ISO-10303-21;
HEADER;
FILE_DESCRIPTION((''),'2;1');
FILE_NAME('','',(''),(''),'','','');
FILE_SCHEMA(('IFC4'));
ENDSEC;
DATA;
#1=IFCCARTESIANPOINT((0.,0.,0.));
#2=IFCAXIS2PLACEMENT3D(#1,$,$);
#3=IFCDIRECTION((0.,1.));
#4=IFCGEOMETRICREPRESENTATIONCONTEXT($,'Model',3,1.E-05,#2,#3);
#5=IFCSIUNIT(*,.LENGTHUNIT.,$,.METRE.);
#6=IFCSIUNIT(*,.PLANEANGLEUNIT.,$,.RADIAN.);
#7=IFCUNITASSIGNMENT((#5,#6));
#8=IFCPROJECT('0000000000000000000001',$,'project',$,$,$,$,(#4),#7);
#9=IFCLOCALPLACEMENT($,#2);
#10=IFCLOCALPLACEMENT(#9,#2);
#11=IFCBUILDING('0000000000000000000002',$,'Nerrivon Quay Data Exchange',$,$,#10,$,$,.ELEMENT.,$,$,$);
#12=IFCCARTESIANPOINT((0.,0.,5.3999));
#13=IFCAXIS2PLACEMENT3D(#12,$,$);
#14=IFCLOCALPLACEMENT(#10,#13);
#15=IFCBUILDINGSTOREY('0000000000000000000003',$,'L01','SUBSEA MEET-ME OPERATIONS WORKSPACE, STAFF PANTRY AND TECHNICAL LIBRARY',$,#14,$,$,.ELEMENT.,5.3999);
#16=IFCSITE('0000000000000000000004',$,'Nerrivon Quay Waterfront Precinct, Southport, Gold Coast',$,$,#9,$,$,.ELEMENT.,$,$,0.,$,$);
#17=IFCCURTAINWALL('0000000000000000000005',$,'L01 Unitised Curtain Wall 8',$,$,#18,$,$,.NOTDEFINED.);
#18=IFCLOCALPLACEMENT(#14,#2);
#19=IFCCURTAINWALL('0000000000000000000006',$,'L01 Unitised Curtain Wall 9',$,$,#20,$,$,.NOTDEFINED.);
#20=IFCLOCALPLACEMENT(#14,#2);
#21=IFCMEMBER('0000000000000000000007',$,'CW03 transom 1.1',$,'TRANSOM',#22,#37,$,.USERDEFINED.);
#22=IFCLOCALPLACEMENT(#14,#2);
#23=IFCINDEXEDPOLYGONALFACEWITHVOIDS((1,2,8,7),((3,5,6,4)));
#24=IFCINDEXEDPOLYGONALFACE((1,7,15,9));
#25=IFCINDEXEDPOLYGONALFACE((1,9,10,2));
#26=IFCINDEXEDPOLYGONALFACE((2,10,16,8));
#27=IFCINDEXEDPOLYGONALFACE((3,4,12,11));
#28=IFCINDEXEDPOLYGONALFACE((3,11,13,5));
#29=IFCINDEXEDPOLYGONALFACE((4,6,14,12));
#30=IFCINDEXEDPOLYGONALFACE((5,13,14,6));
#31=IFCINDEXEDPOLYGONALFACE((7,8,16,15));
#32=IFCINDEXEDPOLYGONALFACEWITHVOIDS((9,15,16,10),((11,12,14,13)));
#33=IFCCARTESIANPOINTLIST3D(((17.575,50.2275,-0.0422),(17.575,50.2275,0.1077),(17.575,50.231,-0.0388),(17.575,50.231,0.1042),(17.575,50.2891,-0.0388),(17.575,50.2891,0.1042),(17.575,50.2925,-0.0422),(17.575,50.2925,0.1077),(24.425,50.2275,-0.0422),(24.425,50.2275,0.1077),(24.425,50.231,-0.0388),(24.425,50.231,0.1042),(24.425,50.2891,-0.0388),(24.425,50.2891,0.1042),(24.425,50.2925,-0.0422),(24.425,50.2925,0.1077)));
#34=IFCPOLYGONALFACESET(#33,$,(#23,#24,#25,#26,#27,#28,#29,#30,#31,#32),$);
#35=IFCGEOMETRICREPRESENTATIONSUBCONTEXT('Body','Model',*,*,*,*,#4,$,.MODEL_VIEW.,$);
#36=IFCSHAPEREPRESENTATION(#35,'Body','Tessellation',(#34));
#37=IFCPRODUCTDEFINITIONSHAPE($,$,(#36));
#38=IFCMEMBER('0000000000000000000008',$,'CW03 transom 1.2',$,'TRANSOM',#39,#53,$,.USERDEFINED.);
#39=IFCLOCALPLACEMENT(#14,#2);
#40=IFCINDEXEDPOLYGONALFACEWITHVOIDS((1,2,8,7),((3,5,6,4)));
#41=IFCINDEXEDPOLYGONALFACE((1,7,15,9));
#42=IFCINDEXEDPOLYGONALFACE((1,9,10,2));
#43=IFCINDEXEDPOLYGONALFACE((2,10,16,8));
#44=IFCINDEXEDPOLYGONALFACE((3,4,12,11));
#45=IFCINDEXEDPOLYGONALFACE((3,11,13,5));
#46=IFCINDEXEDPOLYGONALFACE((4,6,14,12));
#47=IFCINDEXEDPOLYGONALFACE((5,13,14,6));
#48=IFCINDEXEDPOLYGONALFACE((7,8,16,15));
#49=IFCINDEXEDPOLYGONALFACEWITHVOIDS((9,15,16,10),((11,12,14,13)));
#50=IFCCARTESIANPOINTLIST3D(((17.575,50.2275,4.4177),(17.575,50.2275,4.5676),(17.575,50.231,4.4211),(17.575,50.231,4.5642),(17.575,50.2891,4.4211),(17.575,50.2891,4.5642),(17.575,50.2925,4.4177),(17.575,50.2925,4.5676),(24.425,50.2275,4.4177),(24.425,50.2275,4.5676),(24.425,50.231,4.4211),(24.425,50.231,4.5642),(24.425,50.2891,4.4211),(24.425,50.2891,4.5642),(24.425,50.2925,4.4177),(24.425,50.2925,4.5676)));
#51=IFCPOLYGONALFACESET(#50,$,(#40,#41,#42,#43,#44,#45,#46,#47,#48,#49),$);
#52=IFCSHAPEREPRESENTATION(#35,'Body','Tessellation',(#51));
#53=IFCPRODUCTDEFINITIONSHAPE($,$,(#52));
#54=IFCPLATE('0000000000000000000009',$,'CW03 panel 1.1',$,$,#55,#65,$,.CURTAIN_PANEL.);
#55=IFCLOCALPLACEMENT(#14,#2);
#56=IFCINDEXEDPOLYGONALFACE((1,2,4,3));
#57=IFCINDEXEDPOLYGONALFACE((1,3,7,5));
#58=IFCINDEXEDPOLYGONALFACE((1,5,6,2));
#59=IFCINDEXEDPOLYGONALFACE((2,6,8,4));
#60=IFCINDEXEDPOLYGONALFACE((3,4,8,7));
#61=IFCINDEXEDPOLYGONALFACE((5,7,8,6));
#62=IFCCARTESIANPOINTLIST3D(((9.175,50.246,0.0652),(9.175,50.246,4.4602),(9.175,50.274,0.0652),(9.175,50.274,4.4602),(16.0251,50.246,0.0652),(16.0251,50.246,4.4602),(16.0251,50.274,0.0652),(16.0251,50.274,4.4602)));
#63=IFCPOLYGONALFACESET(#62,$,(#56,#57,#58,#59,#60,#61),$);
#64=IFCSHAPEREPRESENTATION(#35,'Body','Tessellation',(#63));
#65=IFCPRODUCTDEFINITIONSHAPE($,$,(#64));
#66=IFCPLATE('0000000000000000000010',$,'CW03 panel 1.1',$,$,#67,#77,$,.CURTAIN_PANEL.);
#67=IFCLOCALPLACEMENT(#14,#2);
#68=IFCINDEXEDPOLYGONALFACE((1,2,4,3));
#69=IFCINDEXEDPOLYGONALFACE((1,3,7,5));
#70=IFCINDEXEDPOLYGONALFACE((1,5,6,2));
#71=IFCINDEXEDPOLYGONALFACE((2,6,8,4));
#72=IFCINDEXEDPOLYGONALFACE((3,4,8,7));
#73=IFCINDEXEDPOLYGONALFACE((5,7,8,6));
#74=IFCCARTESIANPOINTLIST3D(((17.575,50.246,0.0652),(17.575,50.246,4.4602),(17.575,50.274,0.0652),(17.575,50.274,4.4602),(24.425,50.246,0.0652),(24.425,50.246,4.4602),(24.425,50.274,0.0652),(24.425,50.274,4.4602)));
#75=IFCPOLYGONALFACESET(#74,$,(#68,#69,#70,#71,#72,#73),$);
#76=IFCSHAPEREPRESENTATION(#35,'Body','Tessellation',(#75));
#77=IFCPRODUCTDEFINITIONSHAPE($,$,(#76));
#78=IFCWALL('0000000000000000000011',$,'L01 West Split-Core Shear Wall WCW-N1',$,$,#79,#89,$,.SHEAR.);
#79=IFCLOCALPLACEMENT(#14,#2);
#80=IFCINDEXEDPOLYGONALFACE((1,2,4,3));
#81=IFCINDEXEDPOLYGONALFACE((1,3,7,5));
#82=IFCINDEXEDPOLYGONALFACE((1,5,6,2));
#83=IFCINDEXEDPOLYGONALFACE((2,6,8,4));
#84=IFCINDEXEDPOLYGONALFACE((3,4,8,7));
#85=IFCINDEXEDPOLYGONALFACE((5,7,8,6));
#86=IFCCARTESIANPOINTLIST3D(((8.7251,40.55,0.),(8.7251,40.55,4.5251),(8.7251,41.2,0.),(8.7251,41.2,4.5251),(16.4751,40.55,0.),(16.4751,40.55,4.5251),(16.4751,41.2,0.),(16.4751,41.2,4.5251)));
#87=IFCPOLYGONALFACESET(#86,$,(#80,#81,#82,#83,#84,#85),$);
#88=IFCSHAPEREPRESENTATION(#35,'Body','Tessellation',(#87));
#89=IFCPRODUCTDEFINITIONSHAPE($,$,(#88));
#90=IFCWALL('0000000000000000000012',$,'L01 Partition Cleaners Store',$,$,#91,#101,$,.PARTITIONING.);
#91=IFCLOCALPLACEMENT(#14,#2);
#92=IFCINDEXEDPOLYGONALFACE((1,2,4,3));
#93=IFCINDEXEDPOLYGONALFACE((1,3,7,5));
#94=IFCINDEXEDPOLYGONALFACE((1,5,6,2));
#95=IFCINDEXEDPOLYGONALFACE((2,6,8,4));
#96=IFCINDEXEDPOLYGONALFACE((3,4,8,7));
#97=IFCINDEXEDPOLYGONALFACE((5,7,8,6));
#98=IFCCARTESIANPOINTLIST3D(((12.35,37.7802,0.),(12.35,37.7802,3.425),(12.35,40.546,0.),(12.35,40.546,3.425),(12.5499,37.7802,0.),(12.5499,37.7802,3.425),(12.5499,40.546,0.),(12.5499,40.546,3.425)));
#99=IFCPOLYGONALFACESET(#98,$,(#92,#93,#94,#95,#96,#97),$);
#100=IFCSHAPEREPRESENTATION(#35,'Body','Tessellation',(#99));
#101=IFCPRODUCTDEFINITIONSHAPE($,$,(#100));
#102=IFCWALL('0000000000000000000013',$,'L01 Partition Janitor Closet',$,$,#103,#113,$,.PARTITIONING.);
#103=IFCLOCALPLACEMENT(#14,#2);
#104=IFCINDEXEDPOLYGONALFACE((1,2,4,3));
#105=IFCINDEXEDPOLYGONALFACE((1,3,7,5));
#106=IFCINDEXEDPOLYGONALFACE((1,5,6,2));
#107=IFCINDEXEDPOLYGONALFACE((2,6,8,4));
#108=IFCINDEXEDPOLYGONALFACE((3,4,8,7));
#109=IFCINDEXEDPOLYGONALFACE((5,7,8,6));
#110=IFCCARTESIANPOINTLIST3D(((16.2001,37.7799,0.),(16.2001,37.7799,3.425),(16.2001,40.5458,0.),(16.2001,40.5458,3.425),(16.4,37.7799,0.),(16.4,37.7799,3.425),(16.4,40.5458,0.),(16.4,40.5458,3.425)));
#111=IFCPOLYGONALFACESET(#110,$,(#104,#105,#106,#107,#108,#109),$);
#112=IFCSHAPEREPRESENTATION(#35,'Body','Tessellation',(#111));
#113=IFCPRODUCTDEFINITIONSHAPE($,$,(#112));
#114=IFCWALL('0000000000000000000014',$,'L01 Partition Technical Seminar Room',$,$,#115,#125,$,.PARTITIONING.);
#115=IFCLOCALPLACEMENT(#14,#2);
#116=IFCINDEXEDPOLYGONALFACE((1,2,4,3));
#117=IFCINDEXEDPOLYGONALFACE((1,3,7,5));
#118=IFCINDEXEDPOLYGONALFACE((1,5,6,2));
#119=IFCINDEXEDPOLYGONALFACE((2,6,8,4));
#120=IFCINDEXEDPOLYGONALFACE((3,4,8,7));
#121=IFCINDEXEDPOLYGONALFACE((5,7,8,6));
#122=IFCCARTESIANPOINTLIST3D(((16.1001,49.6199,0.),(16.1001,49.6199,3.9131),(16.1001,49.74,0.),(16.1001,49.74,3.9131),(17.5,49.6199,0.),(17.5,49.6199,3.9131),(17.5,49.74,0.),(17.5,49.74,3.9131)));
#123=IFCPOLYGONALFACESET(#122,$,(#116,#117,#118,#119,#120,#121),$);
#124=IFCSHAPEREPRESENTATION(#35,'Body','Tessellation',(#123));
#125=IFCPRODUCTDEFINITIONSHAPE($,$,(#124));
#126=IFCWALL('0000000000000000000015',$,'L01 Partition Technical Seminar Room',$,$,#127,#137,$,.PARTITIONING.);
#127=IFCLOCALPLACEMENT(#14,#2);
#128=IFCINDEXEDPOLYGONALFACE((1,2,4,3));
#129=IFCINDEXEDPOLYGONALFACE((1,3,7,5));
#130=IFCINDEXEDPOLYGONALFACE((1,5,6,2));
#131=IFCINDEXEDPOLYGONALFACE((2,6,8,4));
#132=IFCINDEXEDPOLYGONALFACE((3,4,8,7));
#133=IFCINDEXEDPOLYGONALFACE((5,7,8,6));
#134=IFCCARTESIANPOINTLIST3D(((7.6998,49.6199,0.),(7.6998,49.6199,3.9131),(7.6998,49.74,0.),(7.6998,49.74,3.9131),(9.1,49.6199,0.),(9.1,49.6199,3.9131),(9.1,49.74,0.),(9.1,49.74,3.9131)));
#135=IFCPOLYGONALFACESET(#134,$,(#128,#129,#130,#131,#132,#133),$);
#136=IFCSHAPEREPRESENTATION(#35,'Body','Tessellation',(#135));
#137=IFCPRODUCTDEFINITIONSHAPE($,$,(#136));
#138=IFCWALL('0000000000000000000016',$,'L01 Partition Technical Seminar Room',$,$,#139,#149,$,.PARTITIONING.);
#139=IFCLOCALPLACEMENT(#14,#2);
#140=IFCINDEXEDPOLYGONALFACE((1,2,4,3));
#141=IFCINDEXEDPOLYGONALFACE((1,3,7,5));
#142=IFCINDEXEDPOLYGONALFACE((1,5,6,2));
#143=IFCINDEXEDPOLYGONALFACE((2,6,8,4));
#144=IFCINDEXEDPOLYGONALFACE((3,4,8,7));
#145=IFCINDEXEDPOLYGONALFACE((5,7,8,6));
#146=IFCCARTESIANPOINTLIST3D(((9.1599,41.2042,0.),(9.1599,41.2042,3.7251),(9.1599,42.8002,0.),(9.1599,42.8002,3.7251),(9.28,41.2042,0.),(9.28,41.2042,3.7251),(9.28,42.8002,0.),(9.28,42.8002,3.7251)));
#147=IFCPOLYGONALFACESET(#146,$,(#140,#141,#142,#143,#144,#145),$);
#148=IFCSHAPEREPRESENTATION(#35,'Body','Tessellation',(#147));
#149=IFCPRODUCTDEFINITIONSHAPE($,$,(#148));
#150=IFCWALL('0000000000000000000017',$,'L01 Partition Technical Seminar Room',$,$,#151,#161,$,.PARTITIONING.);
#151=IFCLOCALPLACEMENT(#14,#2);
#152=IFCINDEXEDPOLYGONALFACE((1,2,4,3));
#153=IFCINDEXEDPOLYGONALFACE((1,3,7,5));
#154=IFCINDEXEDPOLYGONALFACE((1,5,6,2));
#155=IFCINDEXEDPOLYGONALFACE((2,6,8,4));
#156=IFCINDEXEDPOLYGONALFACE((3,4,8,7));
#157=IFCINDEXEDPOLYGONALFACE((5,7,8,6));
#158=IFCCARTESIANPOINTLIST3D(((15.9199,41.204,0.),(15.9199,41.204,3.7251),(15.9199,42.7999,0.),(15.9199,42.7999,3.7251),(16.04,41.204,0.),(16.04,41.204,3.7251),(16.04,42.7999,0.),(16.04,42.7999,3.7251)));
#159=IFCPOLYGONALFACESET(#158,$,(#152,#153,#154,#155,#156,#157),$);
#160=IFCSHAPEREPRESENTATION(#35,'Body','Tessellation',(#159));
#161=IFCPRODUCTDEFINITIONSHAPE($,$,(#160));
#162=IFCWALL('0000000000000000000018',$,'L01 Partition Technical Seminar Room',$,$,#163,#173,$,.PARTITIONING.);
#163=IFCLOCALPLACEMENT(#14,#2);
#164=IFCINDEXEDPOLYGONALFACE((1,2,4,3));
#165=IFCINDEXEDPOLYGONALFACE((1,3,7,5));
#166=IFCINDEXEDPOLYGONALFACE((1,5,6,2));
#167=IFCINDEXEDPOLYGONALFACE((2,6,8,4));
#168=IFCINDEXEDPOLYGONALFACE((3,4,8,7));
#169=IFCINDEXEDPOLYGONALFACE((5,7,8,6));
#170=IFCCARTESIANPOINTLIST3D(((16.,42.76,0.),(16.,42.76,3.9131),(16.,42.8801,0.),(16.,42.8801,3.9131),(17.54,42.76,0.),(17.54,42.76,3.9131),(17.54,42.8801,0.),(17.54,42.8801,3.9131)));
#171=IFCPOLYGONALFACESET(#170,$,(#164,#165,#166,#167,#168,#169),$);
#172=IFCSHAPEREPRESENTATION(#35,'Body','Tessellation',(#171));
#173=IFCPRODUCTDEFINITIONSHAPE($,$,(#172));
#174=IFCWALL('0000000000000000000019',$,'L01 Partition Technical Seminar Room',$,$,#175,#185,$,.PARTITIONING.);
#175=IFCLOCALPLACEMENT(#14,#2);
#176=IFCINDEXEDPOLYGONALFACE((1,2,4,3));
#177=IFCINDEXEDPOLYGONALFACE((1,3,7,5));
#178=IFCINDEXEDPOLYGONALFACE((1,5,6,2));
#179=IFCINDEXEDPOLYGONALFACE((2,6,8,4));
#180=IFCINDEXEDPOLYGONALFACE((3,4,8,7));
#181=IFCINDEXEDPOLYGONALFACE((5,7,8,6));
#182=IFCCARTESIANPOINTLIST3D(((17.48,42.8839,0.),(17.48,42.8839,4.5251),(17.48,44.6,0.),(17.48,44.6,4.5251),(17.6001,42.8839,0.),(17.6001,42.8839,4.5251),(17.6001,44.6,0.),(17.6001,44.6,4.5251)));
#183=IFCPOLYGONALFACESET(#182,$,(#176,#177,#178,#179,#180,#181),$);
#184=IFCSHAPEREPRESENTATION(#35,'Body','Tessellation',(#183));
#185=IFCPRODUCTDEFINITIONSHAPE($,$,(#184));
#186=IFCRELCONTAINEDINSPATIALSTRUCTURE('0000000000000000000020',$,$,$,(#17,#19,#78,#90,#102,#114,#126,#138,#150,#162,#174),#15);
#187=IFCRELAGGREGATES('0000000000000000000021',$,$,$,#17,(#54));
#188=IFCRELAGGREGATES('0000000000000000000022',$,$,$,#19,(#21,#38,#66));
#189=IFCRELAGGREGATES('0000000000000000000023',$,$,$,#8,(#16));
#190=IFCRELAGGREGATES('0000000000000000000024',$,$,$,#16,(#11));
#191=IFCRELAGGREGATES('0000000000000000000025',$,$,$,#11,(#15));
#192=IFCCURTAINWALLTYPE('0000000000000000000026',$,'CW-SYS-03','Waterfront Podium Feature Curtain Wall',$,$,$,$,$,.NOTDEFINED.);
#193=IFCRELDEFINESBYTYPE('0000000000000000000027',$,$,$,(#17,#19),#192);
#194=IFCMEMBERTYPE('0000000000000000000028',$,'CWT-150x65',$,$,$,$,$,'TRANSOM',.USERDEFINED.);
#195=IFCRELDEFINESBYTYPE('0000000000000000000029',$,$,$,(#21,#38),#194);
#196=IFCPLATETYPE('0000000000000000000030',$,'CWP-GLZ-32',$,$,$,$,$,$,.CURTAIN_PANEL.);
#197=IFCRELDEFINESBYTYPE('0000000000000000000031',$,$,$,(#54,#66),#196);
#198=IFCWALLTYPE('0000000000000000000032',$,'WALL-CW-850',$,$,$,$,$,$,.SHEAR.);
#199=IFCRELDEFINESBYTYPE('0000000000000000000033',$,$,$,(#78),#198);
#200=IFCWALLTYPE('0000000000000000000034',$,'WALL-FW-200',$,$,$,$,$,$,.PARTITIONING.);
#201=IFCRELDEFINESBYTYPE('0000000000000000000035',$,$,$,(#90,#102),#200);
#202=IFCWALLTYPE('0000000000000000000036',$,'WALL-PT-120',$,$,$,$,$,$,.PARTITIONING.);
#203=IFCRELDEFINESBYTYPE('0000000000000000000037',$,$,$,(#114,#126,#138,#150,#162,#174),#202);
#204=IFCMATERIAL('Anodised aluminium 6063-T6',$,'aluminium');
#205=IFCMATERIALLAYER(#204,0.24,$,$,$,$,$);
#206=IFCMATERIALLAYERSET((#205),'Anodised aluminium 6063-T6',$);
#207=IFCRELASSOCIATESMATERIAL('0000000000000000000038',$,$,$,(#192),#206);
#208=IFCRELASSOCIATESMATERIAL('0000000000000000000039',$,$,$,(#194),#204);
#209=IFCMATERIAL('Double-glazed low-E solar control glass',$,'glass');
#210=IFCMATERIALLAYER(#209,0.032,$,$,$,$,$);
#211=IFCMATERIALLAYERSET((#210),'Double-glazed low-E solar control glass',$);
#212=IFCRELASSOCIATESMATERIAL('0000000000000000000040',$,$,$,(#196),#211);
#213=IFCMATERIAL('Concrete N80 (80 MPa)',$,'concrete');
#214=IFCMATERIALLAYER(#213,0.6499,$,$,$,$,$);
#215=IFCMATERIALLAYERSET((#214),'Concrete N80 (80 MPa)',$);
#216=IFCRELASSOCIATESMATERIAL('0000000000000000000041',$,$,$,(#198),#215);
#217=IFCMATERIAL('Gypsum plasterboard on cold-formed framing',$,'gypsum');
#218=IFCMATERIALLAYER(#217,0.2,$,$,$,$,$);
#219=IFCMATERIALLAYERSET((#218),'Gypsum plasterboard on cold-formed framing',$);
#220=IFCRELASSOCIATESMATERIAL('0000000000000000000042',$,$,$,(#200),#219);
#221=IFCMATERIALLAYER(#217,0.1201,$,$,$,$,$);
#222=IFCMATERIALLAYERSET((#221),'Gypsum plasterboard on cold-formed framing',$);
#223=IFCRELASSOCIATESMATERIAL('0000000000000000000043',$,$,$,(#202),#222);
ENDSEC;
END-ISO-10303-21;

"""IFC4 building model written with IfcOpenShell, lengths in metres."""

from ifc_helpers import new_model, si_unit, direction, frame, frame_2d, origin, origin_2d, place, context, subcontext, project, spatial, rectangle, hollow_rectangle, extrude, material, layer, layer_set, material_profile, profile_set, type_object, element, aggregate, save


model = new_model("IFC4")

# Units and contexts
model_context = context("Model", 3, precision=1e-05, world=origin(), true_north=direction((0.0, 1.0)))
body_context = subcontext(model_context, "Body", "Model", "MODEL_VIEW")
ifc_project = project(units=[si_unit("LENGTHUNIT", "METRE"), si_unit("PLANEANGLEUNIT", "RADIAN")], contexts=[model_context])

# Site, building, storey
site_placement = place(None, origin())
site = spatial("IfcSite", under=ifc_project, at=site_placement, Name="Nerrivon Quay Waterfront Precinct, Southport, Gold Coast", CompositionType="ELEMENT", RefElevation=0.0)
building_placement = place(site_placement, origin())
building = spatial("IfcBuilding", under=site, at=building_placement, Name="Nerrivon Quay Data Exchange", CompositionType="ELEMENT")
storey_placement = place(building_placement, frame((0.0, 0.0, 5.3999)))
storey = spatial("IfcBuildingStorey", under=building, at=storey_placement, Name="L01", Description="SUBSEA MEET-ME OPERATIONS WORKSPACE, STAFF PANTRY AND TECHNICAL LIBRARY", CompositionType="ELEMENT", Elevation=5.3999)

# Shared definitions
ifc_material_1 = material(Name="Concrete N80 (80 MPa)", Category="concrete")

# Curtain wall
ifc_material_2 = material(Name="Anodised aluminium 6063-T6", Category="aluminium")
ifc_layer_1 = layer(ifc_material_2, 0.24)
ifc_layer_set_1 = layer_set([ifc_layer_1], Name="Anodised aluminium 6063-T6")
curtain_wall_type = type_object("IfcCurtainWallType", Name="CW-SYS-03", Description="Waterfront Podium Feature Curtain Wall", PredefinedType="NOTDEFINED", material=ifc_layer_set_1)
curtain_wall_1_placement = place(storey_placement, origin())
curtain_wall_1 = element("IfcCurtainWall", 1, at=curtain_wall_1_placement, inside=storey, type_object=curtain_wall_type, Name="L01 Unitised Curtain Wall 8", PredefinedType="NOTDEFINED")

# Curtain wall
curtain_wall_2_placement = place(storey_placement, origin())
curtain_wall_2 = element("IfcCurtainWall", 2, at=curtain_wall_2_placement, inside=storey, type_object=curtain_wall_type, Name="L01 Unitised Curtain Wall 9", PredefinedType="NOTDEFINED")

# Members
ifc_material_profile_1 = material_profile(ifc_material_2, hollow_rectangle(XDim=0.0649, YDim=0.1499, WallThickness=0.0034, at=origin_2d()), Name="ALU-TRAN-150x65")
ifc_profile_set_1 = profile_set([ifc_material_profile_1], Name="Anodised aluminium 6063-T6")
member_type_1 = type_object("IfcMemberType", Name="CWT-150x65", ElementType="TRANSOM", PredefinedType="USERDEFINED", material=ifc_profile_set_1)
member_1_placement = place(storey_placement, frame((17.575, 50.26, 0.0327), z_axis=(1.0, 0.0, 0.0), x_axis=(0.0, 1.0, 0.0)))
member_1 = element("IfcMember", 3, at=member_1_placement, type_object=member_type_1, Name="CW03 transom 1.1", ObjectType="TRANSOM", PredefinedType="USERDEFINED", context=body_context, shape_type="SweptSolid", body=[
    extrude(hollow_rectangle(XDim=0.0649, YDim=0.1499, WallThickness=0.0034, at=origin_2d()), origin(), (0.0, 0.0, 1.0), 6.8501),
])
member_2_placement = place(storey_placement, frame((17.575, 50.26, 4.4927), z_axis=(1.0, 0.0, 0.0), x_axis=(0.0, 1.0, 0.0)))
member_2 = element("IfcMember", 4, at=member_2_placement, type_object=member_type_1, Name="CW03 transom 1.2", ObjectType="TRANSOM", PredefinedType="USERDEFINED", context=body_context, shape_type="SweptSolid", body=[
    extrude(hollow_rectangle(XDim=0.0649, YDim=0.1499, WallThickness=0.0034, at=origin_2d()), origin(), (0.0, 0.0, 1.0), 6.8501),
])

# Plates
ifc_material_3 = material(Name="Double-glazed low-E solar control glass", Category="glass")
ifc_layer_2 = layer(ifc_material_3, 0.032)
ifc_layer_set_2 = layer_set([ifc_layer_2], Name="Double-glazed low-E solar control glass")
plate_type = type_object("IfcPlateType", Name="CWP-GLZ-32", PredefinedType="CURTAIN_PANEL", material=ifc_layer_set_2)
plate_1_placement = place(storey_placement, frame((12.6001, 50.26, 0.0652), z_axis=(0.0, 0.0, 1.0), x_axis=(1.0, 0.0, 0.0)))
plate_1 = element("IfcPlate", 5, at=plate_1_placement, type_object=plate_type, Name="CW03 panel 1.1", PredefinedType="CURTAIN_PANEL", context=body_context, shape_type="SweptSolid", body=[
    extrude(rectangle(XDim=6.8501, YDim=0.0281, at=origin_2d()), origin(), (0.0, 0.0, 1.0), 4.395),
])
aggregate(curtain_wall_1, [plate_1])
plate_2_placement = place(storey_placement, frame((21.0, 50.26, 0.0652), z_axis=(0.0, 0.0, 1.0), x_axis=(1.0, 0.0, 0.0)))
plate_2 = element("IfcPlate", 6, at=plate_2_placement, type_object=plate_type, Name="CW03 panel 1.1", PredefinedType="CURTAIN_PANEL", context=body_context, shape_type="SweptSolid", body=[
    extrude(rectangle(XDim=6.8501, YDim=0.0281, at=origin_2d()), origin(), (0.0, 0.0, 1.0), 4.395),
])
aggregate(curtain_wall_2, [member_1, member_2, plate_2])

# Walls
ifc_layer_3 = layer(ifc_material_1, 0.6499)
ifc_layer_set_3 = layer_set([ifc_layer_3], Name="Concrete N80 (80 MPa)")
wall_type_1 = type_object("IfcWallType", Name="WALL-CW-850", PredefinedType="SHEAR", material=ifc_layer_set_3)
wall_1_placement = place(storey_placement, frame((8.7251, 40.875, 0.0), z_axis=(0.0, 0.0, 1.0), x_axis=(1.0, 0.0, 0.0)))
element("IfcWall", 7, at=wall_1_placement, inside=storey, type_object=wall_type_1, Name="L01 West Split-Core Shear Wall WCW-N1", PredefinedType="SHEAR", context=body_context, shape_type="SweptSolid", body=[
    extrude(rectangle(XDim=7.75, YDim=0.6499, at=frame_2d((3.875, 0.0))), origin(), (0.0, 0.0, 1.0), 4.5251),
])
ifc_material_4 = material(Name="Gypsum plasterboard on cold-formed framing", Category="gypsum")
ifc_layer_4 = layer(ifc_material_4, 0.2)
ifc_layer_set_4 = layer_set([ifc_layer_4], Name="Gypsum plasterboard on cold-formed framing")
wall_type_2 = type_object("IfcWallType", Name="WALL-FW-200", PredefinedType="PARTITIONING", material=ifc_layer_set_4)
for number, where, z_axis, x_axis, name in (
    (8, (12.45, 40.5459, 0.0), (0.0, 0.0, 1.0), (0.0, -1.0, 0.0), "L01 Partition Cleaners Store"),
    (9, (16.3, 37.78, 0.0), (0.0, 0.0, 1.0), (0.0, 1.0, 0.0), "L01 Partition Janitor Closet"),
):
    element("IfcWall", number, at=place(storey_placement, frame(where, z_axis=z_axis, x_axis=x_axis)), inside=storey, type_object=wall_type_2, Name=name, PredefinedType="PARTITIONING", context=body_context, shape_type="SweptSolid", body=[
        extrude(rectangle(XDim=2.7659, YDim=0.2, at=frame_2d((1.3828, 0.0))), origin(), (0.0, 0.0, 1.0), 3.425),
    ])
ifc_layer_5 = layer(ifc_material_4, 0.1201)
ifc_layer_set_5 = layer_set([ifc_layer_5], Name="Gypsum plasterboard on cold-formed framing")
wall_type_3 = type_object("IfcWallType", Name="WALL-PT-120", PredefinedType="PARTITIONING", material=ifc_layer_set_5)
wall_2_placement = place(storey_placement, frame((17.5, 49.6799, 0.0), z_axis=(0.0, 0.0, 1.0), x_axis=(-1.0, 0.0, 0.0)))
element("IfcWall", 10, at=wall_2_placement, inside=storey, type_object=wall_type_3, Name="L01 Partition Technical Seminar Room", PredefinedType="PARTITIONING", context=body_context, shape_type="SweptSolid", body=[
    extrude(rectangle(XDim=1.3999, YDim=0.1201, at=frame_2d((0.7, 0.0))), origin(), (0.0, 0.0, 1.0), 3.9131),
])
wall_3_placement = place(storey_placement, frame((9.1001, 49.6799, 0.0), z_axis=(0.0, 0.0, 1.0), x_axis=(-1.0, 0.0, 0.0)))
element("IfcWall", 11, at=wall_3_placement, inside=storey, type_object=wall_type_3, Name="L01 Partition Technical Seminar Room", PredefinedType="PARTITIONING", context=body_context, shape_type="SweptSolid", body=[
    extrude(rectangle(XDim=1.4001, YDim=0.1201, at=frame_2d((0.7002, 0.0))), origin(), (0.0, 0.0, 1.0), 3.9131),
])
for number, where, z_axis, x_axis, name in (
    (12, (9.22, 42.8, 0.0), (0.0, 0.0, 1.0), (0.0, -1.0, 0.0), "L01 Partition Technical Seminar Room"),
    (13, (15.98, 41.2041, 0.0), (0.0, 0.0, 1.0), (0.0, 1.0, 0.0), "L01 Partition Technical Seminar Room"),
):
    element("IfcWall", number, at=place(storey_placement, frame(where, z_axis=z_axis, x_axis=x_axis)), inside=storey, type_object=wall_type_3, Name=name, PredefinedType="PARTITIONING", context=body_context, shape_type="SweptSolid", body=[
        extrude(rectangle(XDim=1.5959, YDim=0.1201, at=frame_2d((0.7979, 0.0))), origin(), (0.0, 0.0, 1.0), 3.7251),
    ])
wall_4_placement = place(storey_placement, frame((16.0, 42.8201, 0.0), z_axis=(0.0, 0.0, 1.0), x_axis=(1.0, 0.0, 0.0)))
element("IfcWall", 14, at=wall_4_placement, inside=storey, type_object=wall_type_3, Name="L01 Partition Technical Seminar Room", PredefinedType="PARTITIONING", context=body_context, shape_type="SweptSolid", body=[
    extrude(rectangle(XDim=1.54, YDim=0.1201, at=frame_2d((0.77, 0.0))), origin(), (0.0, 0.0, 1.0), 3.9131),
])
wall_5_placement = place(storey_placement, frame((17.54, 42.884, 0.0), z_axis=(0.0, 0.0, 1.0), x_axis=(0.0, 1.0, 0.0)))
element("IfcWall", 15, at=wall_5_placement, inside=storey, type_object=wall_type_3, Name="L01 Partition Technical Seminar Room", PredefinedType="PARTITIONING", context=body_context, shape_type="SweptSolid", body=[
    extrude(rectangle(XDim=1.7161, YDim=0.1201, at=frame_2d((0.8579, 0.0))), origin(), (0.0, 0.0, 1.0), 4.5251),
])

save(model, "model.ifc")
